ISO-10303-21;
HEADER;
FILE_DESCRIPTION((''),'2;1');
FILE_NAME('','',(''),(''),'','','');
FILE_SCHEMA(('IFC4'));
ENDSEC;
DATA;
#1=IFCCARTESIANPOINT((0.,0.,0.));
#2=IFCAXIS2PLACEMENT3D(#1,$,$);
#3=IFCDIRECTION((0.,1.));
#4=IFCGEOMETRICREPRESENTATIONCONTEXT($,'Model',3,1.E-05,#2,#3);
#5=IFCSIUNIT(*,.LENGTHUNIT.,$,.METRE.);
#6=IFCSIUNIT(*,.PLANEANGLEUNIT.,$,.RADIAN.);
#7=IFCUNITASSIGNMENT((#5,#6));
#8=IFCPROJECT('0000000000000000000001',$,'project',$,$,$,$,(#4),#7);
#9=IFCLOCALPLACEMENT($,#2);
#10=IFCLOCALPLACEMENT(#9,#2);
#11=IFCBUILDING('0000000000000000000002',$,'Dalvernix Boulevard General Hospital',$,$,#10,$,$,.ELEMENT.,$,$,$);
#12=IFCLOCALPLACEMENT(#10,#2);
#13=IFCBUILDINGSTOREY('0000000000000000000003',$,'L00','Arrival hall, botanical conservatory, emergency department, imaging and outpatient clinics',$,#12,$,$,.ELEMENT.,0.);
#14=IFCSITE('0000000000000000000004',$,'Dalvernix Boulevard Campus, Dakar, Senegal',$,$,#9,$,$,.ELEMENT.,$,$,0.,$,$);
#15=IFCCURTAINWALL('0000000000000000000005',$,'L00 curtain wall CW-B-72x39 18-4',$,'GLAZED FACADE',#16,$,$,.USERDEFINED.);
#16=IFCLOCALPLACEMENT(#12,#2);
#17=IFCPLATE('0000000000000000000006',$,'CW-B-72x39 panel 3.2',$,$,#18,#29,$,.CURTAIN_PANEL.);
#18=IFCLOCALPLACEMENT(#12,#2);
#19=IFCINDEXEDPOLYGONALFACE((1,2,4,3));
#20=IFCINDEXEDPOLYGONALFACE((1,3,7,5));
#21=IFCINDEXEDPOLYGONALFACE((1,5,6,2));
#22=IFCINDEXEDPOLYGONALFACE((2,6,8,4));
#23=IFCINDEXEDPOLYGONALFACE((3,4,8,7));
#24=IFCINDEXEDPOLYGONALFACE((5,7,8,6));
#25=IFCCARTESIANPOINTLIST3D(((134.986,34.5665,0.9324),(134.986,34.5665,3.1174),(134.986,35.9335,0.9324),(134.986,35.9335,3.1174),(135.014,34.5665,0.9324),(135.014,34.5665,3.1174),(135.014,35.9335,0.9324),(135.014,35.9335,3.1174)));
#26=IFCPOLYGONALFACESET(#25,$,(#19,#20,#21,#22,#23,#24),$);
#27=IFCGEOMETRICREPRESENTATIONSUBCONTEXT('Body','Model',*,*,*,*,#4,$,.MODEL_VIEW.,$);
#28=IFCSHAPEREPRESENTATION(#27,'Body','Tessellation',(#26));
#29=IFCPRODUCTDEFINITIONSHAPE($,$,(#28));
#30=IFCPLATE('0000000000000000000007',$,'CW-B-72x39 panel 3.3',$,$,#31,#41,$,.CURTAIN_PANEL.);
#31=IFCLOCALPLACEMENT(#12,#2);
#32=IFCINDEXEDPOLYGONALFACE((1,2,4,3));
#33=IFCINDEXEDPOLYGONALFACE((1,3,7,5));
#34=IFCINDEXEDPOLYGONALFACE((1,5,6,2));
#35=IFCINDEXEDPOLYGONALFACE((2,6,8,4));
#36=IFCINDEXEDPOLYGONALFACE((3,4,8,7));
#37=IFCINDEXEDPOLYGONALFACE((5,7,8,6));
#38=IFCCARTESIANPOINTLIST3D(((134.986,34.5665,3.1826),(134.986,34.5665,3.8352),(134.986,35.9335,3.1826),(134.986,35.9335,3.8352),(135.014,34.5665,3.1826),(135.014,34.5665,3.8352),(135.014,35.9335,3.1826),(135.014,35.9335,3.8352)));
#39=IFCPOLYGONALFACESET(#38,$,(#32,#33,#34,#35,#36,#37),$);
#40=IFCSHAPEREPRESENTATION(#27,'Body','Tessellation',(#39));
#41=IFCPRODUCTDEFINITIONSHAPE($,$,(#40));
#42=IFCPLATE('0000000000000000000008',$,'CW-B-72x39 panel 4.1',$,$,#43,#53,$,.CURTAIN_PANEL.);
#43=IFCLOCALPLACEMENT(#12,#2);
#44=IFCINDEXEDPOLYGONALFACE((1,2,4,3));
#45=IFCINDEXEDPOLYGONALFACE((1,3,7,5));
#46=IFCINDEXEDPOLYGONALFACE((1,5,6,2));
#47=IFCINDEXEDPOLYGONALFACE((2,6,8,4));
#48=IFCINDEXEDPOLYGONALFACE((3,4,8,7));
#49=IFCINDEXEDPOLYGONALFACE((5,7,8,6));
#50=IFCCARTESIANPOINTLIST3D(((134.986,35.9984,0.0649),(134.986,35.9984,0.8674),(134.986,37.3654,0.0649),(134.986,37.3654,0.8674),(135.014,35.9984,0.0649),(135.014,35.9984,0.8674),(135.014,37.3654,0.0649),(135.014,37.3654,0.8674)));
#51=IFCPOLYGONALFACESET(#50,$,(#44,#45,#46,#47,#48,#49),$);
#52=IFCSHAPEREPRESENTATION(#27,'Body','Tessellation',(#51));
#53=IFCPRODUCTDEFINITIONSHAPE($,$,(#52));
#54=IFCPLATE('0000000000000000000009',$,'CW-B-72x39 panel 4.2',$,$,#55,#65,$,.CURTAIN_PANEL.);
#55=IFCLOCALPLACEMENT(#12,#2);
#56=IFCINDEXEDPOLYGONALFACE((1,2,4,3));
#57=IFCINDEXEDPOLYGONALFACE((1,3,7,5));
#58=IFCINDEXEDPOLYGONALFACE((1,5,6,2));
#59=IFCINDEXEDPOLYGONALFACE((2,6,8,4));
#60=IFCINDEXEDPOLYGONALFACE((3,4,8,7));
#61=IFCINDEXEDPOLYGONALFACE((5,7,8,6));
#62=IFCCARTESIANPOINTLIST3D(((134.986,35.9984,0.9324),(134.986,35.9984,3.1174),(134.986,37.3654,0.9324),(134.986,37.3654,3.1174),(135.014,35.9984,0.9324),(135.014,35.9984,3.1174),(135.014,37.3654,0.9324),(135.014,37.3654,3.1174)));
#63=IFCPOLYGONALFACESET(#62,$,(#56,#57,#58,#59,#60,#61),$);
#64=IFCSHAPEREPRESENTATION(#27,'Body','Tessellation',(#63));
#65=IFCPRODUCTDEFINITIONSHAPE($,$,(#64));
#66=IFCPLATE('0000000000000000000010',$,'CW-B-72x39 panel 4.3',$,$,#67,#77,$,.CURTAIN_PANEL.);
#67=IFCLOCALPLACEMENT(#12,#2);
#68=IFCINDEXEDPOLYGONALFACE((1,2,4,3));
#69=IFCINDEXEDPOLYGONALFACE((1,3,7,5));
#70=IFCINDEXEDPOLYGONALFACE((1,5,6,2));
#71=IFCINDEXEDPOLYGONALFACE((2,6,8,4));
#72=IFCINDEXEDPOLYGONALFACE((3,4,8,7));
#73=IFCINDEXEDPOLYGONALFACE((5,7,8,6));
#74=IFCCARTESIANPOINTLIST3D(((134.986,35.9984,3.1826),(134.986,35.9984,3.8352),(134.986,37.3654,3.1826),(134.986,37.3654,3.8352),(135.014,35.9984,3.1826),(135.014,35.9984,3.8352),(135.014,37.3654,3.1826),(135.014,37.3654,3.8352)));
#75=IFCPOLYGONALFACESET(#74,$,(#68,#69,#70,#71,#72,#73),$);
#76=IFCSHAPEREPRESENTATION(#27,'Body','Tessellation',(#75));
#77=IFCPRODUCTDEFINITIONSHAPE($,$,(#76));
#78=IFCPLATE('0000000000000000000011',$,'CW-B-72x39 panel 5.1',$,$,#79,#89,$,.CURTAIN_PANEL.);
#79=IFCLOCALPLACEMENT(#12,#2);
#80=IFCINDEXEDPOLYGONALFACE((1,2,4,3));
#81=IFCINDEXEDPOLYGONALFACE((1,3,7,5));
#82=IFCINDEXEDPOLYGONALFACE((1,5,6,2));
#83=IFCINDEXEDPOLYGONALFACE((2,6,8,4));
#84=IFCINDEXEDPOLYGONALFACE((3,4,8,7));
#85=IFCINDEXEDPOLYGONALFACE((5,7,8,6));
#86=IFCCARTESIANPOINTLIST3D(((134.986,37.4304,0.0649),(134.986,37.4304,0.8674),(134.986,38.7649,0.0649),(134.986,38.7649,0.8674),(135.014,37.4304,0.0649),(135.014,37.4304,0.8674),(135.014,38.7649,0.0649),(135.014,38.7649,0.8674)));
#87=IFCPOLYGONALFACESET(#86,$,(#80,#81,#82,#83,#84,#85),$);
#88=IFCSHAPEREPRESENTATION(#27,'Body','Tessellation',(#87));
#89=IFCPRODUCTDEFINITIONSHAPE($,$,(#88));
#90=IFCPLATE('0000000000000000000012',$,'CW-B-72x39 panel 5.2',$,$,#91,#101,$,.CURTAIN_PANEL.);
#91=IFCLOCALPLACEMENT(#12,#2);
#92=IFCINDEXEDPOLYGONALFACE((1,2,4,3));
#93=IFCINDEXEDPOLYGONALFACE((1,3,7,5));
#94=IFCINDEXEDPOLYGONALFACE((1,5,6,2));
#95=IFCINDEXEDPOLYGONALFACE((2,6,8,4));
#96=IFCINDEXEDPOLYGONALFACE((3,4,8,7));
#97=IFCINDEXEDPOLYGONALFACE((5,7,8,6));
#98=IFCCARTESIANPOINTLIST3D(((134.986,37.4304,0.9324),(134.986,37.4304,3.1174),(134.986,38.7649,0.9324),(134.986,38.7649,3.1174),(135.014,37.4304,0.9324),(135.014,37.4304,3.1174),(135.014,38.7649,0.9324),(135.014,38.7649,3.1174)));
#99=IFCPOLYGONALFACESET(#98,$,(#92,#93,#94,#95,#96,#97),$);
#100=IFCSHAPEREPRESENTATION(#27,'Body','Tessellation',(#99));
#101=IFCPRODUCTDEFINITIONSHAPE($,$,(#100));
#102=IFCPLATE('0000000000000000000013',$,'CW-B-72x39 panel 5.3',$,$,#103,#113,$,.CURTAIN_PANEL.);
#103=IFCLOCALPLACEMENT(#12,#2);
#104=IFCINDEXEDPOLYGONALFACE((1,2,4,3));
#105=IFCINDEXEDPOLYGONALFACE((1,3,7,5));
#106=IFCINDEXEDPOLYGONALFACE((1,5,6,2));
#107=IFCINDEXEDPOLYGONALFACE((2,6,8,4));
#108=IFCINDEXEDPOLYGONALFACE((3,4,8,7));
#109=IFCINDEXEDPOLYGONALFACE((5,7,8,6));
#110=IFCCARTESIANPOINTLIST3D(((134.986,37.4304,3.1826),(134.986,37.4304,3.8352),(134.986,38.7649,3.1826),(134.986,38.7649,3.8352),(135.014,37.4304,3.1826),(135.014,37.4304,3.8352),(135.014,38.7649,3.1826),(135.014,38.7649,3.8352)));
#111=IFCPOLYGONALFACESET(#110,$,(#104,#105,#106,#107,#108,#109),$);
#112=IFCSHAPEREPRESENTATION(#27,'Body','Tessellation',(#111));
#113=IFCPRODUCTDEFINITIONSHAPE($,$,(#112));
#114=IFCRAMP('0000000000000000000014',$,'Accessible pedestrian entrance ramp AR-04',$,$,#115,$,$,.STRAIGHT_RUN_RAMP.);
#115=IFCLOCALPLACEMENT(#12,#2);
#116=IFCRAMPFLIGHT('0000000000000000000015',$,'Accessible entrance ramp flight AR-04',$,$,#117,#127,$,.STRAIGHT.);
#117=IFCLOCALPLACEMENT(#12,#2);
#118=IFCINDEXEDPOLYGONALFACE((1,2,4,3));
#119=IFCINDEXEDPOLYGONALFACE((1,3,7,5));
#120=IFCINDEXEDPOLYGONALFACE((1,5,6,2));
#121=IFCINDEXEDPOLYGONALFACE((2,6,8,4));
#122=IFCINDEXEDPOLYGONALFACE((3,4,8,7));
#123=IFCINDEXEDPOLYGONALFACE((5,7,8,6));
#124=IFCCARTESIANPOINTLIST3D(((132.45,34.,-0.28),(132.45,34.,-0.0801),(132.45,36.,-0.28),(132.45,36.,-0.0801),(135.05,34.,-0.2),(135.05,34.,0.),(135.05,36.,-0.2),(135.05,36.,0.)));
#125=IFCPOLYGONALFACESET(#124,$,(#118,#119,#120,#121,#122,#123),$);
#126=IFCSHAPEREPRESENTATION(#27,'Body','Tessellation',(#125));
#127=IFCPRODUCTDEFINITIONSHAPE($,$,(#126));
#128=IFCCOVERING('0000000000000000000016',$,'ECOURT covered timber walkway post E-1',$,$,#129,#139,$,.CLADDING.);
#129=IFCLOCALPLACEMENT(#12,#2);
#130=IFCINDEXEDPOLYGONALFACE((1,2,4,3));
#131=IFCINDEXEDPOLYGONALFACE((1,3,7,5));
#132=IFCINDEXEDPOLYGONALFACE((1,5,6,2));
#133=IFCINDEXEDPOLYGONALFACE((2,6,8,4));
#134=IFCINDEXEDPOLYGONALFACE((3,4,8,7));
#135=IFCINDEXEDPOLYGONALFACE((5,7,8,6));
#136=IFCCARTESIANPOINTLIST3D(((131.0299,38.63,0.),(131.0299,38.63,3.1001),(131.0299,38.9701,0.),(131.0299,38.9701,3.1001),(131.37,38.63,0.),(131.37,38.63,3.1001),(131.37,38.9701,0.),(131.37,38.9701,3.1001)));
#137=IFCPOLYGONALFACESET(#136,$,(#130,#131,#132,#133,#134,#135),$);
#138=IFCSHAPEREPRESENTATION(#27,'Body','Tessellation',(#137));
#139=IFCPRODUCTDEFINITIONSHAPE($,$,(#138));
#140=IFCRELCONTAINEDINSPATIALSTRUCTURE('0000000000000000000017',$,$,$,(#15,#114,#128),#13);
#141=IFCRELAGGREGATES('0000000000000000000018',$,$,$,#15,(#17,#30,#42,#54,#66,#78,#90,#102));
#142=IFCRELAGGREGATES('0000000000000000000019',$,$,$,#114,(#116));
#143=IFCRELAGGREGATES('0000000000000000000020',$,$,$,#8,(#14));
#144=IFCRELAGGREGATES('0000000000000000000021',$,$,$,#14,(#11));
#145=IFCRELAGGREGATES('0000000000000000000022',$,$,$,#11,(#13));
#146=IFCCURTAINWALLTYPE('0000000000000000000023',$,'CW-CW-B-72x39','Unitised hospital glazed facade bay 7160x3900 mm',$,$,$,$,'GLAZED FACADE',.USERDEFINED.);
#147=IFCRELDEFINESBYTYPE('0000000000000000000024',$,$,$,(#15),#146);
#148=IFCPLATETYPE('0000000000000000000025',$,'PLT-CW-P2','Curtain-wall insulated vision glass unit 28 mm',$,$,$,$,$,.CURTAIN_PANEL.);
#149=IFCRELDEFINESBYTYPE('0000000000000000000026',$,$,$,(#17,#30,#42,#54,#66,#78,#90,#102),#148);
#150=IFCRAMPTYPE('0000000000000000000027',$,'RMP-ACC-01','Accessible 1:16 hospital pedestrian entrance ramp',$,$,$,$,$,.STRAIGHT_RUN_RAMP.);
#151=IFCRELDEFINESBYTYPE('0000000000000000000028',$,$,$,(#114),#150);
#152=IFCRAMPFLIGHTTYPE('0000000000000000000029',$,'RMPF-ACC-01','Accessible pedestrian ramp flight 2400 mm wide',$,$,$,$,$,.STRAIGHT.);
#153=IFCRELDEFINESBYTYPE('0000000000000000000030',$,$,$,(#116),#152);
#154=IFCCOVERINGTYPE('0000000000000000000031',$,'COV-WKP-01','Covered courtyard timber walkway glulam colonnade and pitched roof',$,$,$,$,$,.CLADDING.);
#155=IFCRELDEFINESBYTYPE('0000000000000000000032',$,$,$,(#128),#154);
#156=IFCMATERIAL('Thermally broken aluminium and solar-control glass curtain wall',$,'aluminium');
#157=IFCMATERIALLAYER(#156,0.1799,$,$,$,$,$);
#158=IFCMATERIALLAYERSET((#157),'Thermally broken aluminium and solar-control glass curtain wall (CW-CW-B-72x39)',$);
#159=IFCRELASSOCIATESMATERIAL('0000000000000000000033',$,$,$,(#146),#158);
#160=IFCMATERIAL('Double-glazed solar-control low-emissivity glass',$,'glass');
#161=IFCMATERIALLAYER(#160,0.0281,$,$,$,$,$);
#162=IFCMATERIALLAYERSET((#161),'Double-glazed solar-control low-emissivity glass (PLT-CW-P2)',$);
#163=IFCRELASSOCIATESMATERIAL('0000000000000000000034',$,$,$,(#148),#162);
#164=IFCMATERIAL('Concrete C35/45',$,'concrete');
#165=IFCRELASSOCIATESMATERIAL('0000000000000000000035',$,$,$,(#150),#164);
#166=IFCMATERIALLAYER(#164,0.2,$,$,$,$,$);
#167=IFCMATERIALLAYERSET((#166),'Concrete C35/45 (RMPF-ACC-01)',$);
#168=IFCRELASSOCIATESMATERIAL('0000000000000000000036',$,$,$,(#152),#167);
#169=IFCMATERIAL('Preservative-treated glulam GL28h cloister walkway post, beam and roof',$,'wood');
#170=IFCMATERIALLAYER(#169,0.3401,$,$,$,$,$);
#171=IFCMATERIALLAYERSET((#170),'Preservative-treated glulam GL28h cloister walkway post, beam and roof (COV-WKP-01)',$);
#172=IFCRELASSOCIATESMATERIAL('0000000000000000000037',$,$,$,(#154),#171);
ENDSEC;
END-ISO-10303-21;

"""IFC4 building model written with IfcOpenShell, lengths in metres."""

from ifc_helpers import new_model, si_unit, direction, frame, origin, origin_2d, place, context, subcontext, project, spatial, polyline, rectangle, outline, extrude, material, layer, layer_set, type_object, element, aggregate, save


model = new_model("IFC4")

# Units and contexts
model_context = context("Model", 3, precision=1e-05, world=origin(), true_north=direction((0.0, 1.0)))
body_context = subcontext(model_context, "Body", "Model", "MODEL_VIEW")
ifc_project = project(units=[si_unit("LENGTHUNIT", "METRE"), si_unit("PLANEANGLEUNIT", "RADIAN")], contexts=[model_context])

# Site, building, storey
site_placement = place(None, origin())
site = spatial("IfcSite", under=ifc_project, at=site_placement, Name="Dalvernix Boulevard Campus, Dakar, Senegal", CompositionType="ELEMENT", RefElevation=0.0)
building_placement = place(site_placement, origin())
building = spatial("IfcBuilding", under=site, at=building_placement, Name="Dalvernix Boulevard General Hospital", CompositionType="ELEMENT")
storey_placement = place(building_placement, origin())
storey = spatial("IfcBuildingStorey", under=building, at=storey_placement, Name="L00", Description="Arrival hall, botanical conservatory, emergency department, imaging and outpatient clinics", CompositionType="ELEMENT", Elevation=0.0)

# Shared definitions
ifc_material_1 = material(Name="Concrete C35/45", Category="concrete")

# Curtain wall
ifc_material_2 = material(Name="Thermally broken aluminium and solar-control glass curtain wall", Category="aluminium")
ifc_layer_1 = layer(ifc_material_2, 0.1799)
ifc_layer_set_1 = layer_set([ifc_layer_1], Name="Thermally broken aluminium and solar-control glass curtain wall (CW-CW-B-72x39)")
curtain_wall_type_1 = type_object("IfcCurtainWallType", Name="CW-CW-B-72x39", Description="Unitised hospital glazed facade bay 7160x3900 mm", ElementType="GLAZED FACADE", PredefinedType="USERDEFINED", material=ifc_layer_set_1)
curtain_wall_1_placement = place(storey_placement, origin())
curtain_wall_1 = element("IfcCurtainWall", 1, at=curtain_wall_1_placement, inside=storey, type_object=curtain_wall_type_1, Name="L00 curtain wall CW-B-72x39 18-4", ObjectType="GLAZED FACADE", PredefinedType="USERDEFINED")

# Plates
ifc_material_3 = material(Name="Double-glazed solar-control low-emissivity glass", Category="glass")
ifc_layer_2 = layer(ifc_material_3, 0.0281)
ifc_layer_set_2 = layer_set([ifc_layer_2], Name="Double-glazed solar-control low-emissivity glass (PLT-CW-P2)")
plate_type = type_object("IfcPlateType", Name="PLT-CW-P2", Description="Curtain-wall insulated vision glass unit 28 mm", PredefinedType="CURTAIN_PANEL", material=ifc_layer_set_2)
plate_1_placement = place(storey_placement, frame((135.0, 35.25, 0.9324), z_axis=(0.0, 0.0, 1.0), x_axis=(0.0, 1.0, 0.0)))
plate_1 = element("IfcPlate", 2, at=plate_1_placement, type_object=plate_type, Name="CW-B-72x39 panel 3.2", PredefinedType="CURTAIN_PANEL", context=body_context, shape_type="SweptSolid", body=[
    extrude(rectangle(XDim=1.3669, YDim=0.0281, at=origin_2d()), origin(), (0.0, 0.0, 1.0), 2.1851),
])
plate_2_placement = place(storey_placement, frame((135.0, 35.25, 3.1826), z_axis=(0.0, 0.0, 1.0), x_axis=(0.0, 1.0, 0.0)))
plate_2 = element("IfcPlate", 3, at=plate_2_placement, type_object=plate_type, Name="CW-B-72x39 panel 3.3", PredefinedType="CURTAIN_PANEL", context=body_context, shape_type="SweptSolid", body=[
    extrude(rectangle(XDim=1.3669, YDim=0.0281, at=origin_2d()), origin(), (0.0, 0.0, 1.0), 0.6526),
])
plate_3_placement = place(storey_placement, frame((135.0, 36.6819, 0.0649), z_axis=(0.0, 0.0, 1.0), x_axis=(0.0, 1.0, 0.0)))
plate_3 = element("IfcPlate", 4, at=plate_3_placement, type_object=plate_type, Name="CW-B-72x39 panel 4.1", PredefinedType="CURTAIN_PANEL", context=body_context, shape_type="SweptSolid", body=[
    extrude(rectangle(XDim=1.3669, YDim=0.0281, at=origin_2d()), origin(), (0.0, 0.0, 1.0), 0.8025),
])
plate_4_placement = place(storey_placement, frame((135.0, 36.6819, 0.9324), z_axis=(0.0, 0.0, 1.0), x_axis=(0.0, 1.0, 0.0)))
plate_4 = element("IfcPlate", 5, at=plate_4_placement, type_object=plate_type, Name="CW-B-72x39 panel 4.2", PredefinedType="CURTAIN_PANEL", context=body_context, shape_type="SweptSolid", body=[
    extrude(rectangle(XDim=1.3669, YDim=0.0281, at=origin_2d()), origin(), (0.0, 0.0, 1.0), 2.1851),
])
plate_5_placement = place(storey_placement, frame((135.0, 36.6819, 3.1826), z_axis=(0.0, 0.0, 1.0), x_axis=(0.0, 1.0, 0.0)))
plate_5 = element("IfcPlate", 6, at=plate_5_placement, type_object=plate_type, Name="CW-B-72x39 panel 4.3", PredefinedType="CURTAIN_PANEL", context=body_context, shape_type="SweptSolid", body=[
    extrude(rectangle(XDim=1.3669, YDim=0.0281, at=origin_2d()), origin(), (0.0, 0.0, 1.0), 0.6526),
])
plate_6_placement = place(storey_placement, frame((135.0, 38.0977, 0.0649), z_axis=(0.0, 0.0, 1.0), x_axis=(0.0, 1.0, 0.0)))
plate_6 = element("IfcPlate", 7, at=plate_6_placement, type_object=plate_type, Name="CW-B-72x39 panel 5.1", PredefinedType="CURTAIN_PANEL", context=body_context, shape_type="SweptSolid", body=[
    extrude(rectangle(XDim=1.3345, YDim=0.0281, at=origin_2d()), origin(), (0.0, 0.0, 1.0), 0.8025),
])
plate_7_placement = place(storey_placement, frame((135.0, 38.0977, 0.9324), z_axis=(0.0, 0.0, 1.0), x_axis=(0.0, 1.0, 0.0)))
plate_7 = element("IfcPlate", 8, at=plate_7_placement, type_object=plate_type, Name="CW-B-72x39 panel 5.2", PredefinedType="CURTAIN_PANEL", context=body_context, shape_type="SweptSolid", body=[
    extrude(rectangle(XDim=1.3345, YDim=0.0281, at=origin_2d()), origin(), (0.0, 0.0, 1.0), 2.1851),
])
plate_8_placement = place(storey_placement, frame((135.0, 38.0977, 3.1826), z_axis=(0.0, 0.0, 1.0), x_axis=(0.0, 1.0, 0.0)))
plate_8 = element("IfcPlate", 9, at=plate_8_placement, type_object=plate_type, Name="CW-B-72x39 panel 5.3", PredefinedType="CURTAIN_PANEL", context=body_context, shape_type="SweptSolid", body=[
    extrude(rectangle(XDim=1.3345, YDim=0.0281, at=origin_2d()), origin(), (0.0, 0.0, 1.0), 0.6526),
])
aggregate(curtain_wall_1, [plate_1, plate_2, plate_3, plate_4, plate_5, plate_6, plate_7, plate_8])

# Ramp, ramp flight
ramp_type = type_object("IfcRampType", Name="RMP-ACC-01", Description="Accessible 1:16 hospital pedestrian entrance ramp", PredefinedType="STRAIGHT_RUN_RAMP", material=ifc_material_1)
ramp_placement = place(storey_placement, origin())
ramp = element("IfcRamp", 10, at=ramp_placement, inside=storey, type_object=ramp_type, Name="Accessible pedestrian entrance ramp AR-04", PredefinedType="STRAIGHT_RUN_RAMP")
ifc_layer_3 = layer(ifc_material_1, 0.2)
ifc_layer_set_3 = layer_set([ifc_layer_3], Name="Concrete C35/45 (RMPF-ACC-01)")
ramp_flight_type = type_object("IfcRampFlightType", Name="RMPF-ACC-01", Description="Accessible pedestrian ramp flight 2400 mm wide", PredefinedType="STRAIGHT", material=ifc_layer_set_3)
ramp_flight_placement = place(storey_placement, frame((132.45, 35.0, -0.0801), z_axis=(0.0, 0.0, 1.0), x_axis=(1.0, 0.0, 0.0)))
ramp_flight = element("IfcRampFlight", 11, at=ramp_flight_placement, type_object=ramp_flight_type, Name="Accessible entrance ramp flight AR-04", PredefinedType="STRAIGHT", context=body_context, shape_type="SweptSolid", body=[
    extrude(outline(polyline([(0.0, 0.0), (0.0, -0.2), (2.6001, -0.1199), (2.6001, 0.0801), (0.0, 0.0)])), frame((0.0, 1.0, 0.0), z_axis=(0.0, -1.0, 0.0), x_axis=(1.0, 0.0, 0.0)), (0.0, 0.0, 1.0), 2.0),
])
aggregate(ramp, [ramp_flight])

# Covering
ifc_material_4 = material(Name="Preservative-treated glulam GL28h cloister walkway post, beam and roof", Category="wood")
ifc_layer_4 = layer(ifc_material_4, 0.3401)
ifc_layer_set_4 = layer_set([ifc_layer_4], Name="Preservative-treated glulam GL28h cloister walkway post, beam and roof (COV-WKP-01)")
covering_type = type_object("IfcCoveringType", Name="COV-WKP-01", Description="Covered courtyard timber walkway glulam colonnade and pitched roof", PredefinedType="CLADDING", material=ifc_layer_set_4)
covering_placement = place(storey_placement, frame((131.2, 38.8, 0.0), z_axis=(0.0, 0.0, 1.0), x_axis=(1.0, 0.0, 0.0)))
element("IfcCovering", 12, at=covering_placement, inside=storey, type_object=covering_type, Name="ECOURT covered timber walkway post E-1", PredefinedType="CLADDING", context=body_context, shape_type="SweptSolid", body=[
    extrude(rectangle(XDim=0.3401, YDim=0.3401, at=origin_2d()), origin(), (0.0, 0.0, 1.0), 3.1001),
])

save(model, "model.ifc")
